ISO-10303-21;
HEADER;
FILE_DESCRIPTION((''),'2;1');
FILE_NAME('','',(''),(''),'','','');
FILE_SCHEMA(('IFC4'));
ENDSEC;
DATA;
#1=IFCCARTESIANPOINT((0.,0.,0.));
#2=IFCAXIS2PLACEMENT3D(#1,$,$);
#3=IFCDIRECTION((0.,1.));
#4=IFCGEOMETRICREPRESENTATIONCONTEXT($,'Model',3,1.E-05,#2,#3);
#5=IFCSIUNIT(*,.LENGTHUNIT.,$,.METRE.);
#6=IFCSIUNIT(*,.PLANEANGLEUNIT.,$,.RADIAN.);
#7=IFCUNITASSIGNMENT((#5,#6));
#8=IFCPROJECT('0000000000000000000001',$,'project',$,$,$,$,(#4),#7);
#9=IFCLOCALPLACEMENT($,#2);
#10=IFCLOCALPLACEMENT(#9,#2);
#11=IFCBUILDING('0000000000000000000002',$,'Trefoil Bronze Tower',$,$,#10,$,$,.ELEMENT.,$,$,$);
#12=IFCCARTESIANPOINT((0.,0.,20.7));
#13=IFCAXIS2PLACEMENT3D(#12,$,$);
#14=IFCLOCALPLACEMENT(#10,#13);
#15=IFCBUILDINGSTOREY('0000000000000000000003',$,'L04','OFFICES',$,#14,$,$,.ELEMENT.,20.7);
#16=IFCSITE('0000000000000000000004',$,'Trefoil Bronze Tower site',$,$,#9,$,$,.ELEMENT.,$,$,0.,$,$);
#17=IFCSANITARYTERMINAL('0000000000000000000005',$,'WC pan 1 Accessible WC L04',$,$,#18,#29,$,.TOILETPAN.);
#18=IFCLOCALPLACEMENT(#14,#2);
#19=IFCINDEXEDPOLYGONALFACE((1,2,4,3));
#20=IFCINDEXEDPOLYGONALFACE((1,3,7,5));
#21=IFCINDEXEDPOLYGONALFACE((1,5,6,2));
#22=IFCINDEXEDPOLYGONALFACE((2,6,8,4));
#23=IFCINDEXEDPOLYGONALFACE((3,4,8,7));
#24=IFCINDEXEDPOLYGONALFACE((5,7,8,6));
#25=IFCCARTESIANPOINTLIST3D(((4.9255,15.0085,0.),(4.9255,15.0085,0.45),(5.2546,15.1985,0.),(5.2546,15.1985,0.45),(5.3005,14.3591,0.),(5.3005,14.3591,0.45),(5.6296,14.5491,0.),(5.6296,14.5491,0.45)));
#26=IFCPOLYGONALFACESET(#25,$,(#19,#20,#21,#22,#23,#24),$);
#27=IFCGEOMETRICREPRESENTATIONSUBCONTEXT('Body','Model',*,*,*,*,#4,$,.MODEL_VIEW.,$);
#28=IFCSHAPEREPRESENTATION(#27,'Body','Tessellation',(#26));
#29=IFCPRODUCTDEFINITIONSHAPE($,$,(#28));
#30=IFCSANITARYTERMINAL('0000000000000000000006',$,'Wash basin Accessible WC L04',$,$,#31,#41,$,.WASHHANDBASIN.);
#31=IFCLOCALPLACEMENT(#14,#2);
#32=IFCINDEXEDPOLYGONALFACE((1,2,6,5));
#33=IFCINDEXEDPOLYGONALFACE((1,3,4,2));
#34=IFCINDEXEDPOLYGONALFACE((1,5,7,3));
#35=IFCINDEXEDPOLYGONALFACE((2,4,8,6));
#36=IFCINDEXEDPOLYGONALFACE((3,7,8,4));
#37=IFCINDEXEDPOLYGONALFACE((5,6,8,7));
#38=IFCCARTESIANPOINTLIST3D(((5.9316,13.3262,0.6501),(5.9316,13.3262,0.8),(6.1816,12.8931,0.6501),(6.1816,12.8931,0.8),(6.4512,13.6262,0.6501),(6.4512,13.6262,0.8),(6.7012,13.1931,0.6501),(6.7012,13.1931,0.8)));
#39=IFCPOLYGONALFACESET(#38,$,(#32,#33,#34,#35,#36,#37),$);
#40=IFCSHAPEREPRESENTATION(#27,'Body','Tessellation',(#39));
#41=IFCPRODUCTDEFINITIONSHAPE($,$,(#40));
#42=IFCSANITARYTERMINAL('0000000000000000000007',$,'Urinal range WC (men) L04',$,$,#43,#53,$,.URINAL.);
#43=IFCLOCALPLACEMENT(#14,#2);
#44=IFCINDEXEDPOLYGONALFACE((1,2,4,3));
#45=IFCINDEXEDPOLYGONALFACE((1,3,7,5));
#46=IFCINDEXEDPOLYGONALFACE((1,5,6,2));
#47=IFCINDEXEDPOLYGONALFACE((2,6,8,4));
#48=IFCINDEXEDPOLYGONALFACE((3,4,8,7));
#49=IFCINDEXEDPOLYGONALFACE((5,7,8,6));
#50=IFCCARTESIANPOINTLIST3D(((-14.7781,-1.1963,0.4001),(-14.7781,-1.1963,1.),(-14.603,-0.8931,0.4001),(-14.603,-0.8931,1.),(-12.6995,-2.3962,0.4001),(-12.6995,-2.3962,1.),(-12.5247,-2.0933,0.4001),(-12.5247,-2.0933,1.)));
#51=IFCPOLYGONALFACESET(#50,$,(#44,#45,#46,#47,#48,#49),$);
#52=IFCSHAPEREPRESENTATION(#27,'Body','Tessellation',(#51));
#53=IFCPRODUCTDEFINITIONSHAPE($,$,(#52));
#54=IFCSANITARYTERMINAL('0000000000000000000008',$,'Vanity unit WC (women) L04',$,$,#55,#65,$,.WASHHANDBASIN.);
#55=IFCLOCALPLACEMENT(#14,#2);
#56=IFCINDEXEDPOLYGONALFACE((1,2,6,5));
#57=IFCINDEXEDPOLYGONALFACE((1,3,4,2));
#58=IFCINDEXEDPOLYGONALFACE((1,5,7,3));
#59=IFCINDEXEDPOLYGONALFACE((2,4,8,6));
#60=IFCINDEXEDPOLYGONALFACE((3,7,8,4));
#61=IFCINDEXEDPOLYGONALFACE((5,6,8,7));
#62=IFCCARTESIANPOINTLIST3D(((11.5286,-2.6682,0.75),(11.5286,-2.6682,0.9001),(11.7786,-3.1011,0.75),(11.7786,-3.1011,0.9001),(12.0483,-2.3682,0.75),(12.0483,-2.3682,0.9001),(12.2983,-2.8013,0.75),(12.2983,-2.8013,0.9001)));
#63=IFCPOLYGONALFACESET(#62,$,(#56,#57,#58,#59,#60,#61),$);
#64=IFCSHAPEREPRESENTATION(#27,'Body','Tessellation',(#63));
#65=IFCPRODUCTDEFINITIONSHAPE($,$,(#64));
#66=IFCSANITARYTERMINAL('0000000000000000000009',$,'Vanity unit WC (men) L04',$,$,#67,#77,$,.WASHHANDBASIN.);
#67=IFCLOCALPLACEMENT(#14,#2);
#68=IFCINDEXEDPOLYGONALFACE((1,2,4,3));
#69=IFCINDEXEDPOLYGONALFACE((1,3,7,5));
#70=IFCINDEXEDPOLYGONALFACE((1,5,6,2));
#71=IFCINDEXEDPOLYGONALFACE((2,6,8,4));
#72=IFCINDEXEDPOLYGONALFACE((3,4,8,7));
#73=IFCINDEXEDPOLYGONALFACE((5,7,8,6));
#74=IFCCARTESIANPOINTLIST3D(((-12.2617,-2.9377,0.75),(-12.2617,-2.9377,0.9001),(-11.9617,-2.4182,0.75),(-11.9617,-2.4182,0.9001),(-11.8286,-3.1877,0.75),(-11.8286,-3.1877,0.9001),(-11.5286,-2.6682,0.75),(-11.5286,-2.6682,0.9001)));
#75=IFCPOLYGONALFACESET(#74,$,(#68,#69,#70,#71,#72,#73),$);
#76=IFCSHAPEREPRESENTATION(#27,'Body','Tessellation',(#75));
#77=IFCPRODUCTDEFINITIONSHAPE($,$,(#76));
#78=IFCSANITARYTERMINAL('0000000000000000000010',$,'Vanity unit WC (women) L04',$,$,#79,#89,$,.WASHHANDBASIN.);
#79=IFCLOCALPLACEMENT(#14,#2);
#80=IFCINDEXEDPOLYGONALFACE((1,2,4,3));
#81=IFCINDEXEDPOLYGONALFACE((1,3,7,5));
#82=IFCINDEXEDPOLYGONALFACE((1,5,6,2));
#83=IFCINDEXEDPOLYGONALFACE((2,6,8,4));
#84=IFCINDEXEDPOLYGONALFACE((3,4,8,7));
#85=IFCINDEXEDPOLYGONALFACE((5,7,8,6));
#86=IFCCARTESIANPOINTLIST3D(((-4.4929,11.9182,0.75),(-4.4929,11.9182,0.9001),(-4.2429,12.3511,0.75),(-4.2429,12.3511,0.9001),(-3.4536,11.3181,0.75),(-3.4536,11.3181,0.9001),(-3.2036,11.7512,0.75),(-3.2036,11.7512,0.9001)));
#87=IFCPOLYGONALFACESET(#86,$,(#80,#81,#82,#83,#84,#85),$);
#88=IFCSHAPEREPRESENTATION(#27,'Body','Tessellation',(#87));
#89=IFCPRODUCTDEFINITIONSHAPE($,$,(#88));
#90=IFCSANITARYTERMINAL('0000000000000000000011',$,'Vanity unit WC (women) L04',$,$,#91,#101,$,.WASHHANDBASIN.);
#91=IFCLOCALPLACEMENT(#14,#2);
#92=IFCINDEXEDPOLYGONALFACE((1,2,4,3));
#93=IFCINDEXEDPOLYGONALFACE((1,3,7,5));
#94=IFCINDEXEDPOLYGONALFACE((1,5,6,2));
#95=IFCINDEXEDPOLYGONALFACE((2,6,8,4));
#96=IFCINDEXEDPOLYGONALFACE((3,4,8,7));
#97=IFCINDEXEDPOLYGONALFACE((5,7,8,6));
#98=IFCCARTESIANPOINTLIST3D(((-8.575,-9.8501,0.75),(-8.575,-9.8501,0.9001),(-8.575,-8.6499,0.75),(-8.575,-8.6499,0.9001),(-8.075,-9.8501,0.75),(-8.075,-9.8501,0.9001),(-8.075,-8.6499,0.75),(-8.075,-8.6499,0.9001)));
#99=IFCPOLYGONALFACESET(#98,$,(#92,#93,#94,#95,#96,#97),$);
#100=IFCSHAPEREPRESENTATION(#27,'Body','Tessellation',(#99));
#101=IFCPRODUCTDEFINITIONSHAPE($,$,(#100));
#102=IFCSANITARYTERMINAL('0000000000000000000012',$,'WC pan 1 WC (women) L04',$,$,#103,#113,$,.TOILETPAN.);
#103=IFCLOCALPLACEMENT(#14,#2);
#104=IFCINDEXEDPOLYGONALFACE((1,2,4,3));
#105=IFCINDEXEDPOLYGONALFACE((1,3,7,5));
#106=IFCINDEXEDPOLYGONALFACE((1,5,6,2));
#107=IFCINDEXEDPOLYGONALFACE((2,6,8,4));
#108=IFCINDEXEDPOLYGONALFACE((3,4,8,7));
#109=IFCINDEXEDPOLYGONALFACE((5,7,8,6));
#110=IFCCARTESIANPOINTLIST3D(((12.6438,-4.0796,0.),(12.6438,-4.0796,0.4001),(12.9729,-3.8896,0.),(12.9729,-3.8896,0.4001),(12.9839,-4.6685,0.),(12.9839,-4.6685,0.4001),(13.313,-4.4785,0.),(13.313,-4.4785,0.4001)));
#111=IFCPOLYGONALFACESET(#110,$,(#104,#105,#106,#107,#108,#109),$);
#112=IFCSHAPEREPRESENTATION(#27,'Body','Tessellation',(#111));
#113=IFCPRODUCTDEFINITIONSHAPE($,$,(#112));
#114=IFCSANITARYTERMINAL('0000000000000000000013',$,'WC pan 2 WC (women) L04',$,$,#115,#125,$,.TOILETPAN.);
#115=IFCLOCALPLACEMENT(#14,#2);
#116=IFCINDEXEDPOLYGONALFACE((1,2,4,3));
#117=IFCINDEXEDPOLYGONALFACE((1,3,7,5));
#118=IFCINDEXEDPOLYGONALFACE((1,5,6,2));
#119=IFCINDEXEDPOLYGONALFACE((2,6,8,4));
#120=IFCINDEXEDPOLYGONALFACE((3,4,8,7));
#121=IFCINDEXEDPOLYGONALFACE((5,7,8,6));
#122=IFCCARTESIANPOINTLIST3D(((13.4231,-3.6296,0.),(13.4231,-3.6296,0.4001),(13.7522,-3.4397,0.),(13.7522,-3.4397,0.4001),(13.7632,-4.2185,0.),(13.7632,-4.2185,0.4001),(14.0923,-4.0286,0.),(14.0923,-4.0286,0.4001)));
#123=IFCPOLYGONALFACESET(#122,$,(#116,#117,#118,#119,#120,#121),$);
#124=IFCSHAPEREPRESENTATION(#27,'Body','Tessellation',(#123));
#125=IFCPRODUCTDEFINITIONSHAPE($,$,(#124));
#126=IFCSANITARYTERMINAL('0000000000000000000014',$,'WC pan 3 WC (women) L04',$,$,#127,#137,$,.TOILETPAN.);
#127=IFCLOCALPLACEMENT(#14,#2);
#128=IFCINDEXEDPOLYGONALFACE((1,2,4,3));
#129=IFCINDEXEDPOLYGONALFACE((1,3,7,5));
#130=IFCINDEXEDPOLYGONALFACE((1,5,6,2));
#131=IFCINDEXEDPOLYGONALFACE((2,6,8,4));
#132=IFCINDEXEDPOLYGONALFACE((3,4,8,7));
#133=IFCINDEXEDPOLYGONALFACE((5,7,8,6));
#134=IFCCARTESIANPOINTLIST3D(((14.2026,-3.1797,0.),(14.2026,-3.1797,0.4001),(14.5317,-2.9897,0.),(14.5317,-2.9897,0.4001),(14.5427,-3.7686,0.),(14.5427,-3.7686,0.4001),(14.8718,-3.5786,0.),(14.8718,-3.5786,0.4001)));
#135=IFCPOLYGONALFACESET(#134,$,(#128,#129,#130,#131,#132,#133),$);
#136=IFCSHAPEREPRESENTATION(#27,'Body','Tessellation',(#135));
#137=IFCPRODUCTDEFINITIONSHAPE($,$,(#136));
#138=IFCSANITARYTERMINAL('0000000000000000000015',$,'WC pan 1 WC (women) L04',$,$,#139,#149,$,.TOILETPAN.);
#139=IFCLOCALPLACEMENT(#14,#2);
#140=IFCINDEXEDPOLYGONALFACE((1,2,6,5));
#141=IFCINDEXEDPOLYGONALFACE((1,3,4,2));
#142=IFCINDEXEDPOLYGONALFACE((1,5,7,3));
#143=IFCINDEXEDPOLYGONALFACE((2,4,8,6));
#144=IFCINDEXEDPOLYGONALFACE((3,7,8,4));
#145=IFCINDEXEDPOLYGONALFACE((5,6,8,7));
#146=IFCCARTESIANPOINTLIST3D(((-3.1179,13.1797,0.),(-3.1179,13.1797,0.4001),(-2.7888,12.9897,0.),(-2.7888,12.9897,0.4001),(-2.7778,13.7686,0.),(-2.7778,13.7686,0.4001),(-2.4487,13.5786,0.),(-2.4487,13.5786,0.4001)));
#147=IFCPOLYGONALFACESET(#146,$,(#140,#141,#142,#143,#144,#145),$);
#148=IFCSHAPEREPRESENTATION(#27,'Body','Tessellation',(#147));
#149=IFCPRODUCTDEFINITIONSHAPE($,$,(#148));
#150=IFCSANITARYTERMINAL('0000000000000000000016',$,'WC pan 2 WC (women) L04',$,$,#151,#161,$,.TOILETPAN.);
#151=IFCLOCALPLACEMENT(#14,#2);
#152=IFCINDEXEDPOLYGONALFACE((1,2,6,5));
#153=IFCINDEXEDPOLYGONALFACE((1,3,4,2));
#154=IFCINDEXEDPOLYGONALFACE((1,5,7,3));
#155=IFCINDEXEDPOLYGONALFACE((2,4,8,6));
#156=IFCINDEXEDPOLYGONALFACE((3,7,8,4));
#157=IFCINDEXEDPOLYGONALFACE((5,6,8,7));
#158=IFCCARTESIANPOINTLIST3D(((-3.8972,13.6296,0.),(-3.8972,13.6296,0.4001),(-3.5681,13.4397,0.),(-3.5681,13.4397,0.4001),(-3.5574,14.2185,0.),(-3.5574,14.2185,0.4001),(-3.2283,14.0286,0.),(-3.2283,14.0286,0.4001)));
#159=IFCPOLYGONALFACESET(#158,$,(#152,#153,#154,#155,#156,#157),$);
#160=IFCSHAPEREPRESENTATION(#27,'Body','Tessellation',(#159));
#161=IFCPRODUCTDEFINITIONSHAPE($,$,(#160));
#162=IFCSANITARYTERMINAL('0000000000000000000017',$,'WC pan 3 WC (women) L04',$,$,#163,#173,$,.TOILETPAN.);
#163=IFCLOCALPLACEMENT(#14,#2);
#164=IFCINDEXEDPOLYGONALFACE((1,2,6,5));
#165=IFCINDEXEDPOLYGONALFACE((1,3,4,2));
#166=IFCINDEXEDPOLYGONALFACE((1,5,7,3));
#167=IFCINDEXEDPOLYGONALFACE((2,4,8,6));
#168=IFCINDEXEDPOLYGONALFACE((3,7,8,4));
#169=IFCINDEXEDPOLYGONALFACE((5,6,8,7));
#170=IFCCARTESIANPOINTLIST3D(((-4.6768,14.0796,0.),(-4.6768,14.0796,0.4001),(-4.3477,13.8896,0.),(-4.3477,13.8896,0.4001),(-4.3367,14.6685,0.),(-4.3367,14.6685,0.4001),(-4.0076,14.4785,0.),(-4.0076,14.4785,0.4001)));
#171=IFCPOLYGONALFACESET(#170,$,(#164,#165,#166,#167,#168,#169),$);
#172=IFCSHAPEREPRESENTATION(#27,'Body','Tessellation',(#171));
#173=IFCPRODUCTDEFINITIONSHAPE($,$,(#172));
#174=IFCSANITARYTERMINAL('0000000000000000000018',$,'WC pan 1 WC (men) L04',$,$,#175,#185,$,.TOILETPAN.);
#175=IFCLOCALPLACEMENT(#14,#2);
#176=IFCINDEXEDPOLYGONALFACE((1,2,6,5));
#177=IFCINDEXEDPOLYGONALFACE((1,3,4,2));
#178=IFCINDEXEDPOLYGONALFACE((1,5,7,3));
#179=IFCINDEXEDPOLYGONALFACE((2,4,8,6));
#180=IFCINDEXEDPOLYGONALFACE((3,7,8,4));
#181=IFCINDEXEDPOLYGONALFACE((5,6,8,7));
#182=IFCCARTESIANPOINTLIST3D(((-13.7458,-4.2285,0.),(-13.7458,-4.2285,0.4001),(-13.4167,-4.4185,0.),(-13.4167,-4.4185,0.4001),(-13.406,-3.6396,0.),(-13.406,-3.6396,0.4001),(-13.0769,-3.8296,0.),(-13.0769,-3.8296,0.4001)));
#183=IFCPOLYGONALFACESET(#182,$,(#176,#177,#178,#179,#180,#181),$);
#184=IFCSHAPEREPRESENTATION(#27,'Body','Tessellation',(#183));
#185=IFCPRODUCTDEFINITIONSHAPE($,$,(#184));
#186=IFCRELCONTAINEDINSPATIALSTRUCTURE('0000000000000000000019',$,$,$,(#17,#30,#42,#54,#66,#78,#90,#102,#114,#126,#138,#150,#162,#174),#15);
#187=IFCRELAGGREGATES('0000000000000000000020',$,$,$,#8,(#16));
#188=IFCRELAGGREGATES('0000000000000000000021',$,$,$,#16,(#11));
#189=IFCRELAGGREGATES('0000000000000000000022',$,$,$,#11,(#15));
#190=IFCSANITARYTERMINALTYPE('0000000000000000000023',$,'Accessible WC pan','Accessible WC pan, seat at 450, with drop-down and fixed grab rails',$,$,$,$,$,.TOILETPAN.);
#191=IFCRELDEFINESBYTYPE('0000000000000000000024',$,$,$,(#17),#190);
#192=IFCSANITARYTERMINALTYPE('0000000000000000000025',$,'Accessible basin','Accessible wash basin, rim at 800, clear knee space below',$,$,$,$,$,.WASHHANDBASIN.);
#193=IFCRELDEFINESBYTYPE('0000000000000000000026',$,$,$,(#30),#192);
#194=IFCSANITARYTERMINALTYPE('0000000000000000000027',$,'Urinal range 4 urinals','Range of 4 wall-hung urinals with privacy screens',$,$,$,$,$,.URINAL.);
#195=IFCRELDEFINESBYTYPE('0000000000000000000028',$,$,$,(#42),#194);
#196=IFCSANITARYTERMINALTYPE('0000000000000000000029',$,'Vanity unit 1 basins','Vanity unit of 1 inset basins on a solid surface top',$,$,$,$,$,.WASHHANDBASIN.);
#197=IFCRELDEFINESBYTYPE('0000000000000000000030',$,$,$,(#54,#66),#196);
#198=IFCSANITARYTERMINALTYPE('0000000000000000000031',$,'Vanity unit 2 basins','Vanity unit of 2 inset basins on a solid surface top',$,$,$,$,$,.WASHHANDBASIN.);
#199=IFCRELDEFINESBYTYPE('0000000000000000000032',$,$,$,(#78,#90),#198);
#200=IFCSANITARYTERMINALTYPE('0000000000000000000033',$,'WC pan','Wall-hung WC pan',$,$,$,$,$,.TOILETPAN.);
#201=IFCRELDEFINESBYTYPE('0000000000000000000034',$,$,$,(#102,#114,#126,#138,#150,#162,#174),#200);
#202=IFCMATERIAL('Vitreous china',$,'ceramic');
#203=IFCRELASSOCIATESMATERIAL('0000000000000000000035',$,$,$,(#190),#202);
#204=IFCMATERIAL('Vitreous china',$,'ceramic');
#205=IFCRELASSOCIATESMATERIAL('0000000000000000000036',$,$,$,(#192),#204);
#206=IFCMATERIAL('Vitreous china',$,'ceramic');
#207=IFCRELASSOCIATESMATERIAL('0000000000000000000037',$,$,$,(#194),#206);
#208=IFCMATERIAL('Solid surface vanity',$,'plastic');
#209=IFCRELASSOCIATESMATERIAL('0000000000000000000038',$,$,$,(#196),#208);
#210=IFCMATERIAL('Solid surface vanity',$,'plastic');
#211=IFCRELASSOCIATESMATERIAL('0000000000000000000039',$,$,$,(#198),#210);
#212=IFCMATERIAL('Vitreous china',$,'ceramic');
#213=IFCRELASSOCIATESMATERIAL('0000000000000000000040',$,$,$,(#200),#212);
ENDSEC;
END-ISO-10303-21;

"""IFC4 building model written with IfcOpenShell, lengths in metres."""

from ifc_helpers import new_model, si_unit, direction, frame, origin, place, context, subcontext, project, spatial, polyline, outline, extrude, material, type_object, element, save


model = new_model("IFC4")

# Units and contexts
model_context = context("Model", 3, precision=1e-05, world=origin(), true_north=direction((0.0, 1.0)))
body_context = subcontext(model_context, "Body", "Model", "MODEL_VIEW")
ifc_project = project(units=[si_unit("LENGTHUNIT", "METRE"), si_unit("PLANEANGLEUNIT", "RADIAN")], contexts=[model_context])

# Site, building, storey
site_placement = place(None, origin())
site = spatial("IfcSite", under=ifc_project, at=site_placement, Name="Trefoil Bronze Tower site", CompositionType="ELEMENT", RefElevation=0.0)
building_placement = place(site_placement, origin())
building = spatial("IfcBuilding", under=site, at=building_placement, Name="Trefoil Bronze Tower", CompositionType="ELEMENT")
storey_placement = place(building_placement, frame((0.0, 0.0, 20.7)))
storey = spatial("IfcBuildingStorey", under=building, at=storey_placement, Name="L04", Description="OFFICES", CompositionType="ELEMENT", Elevation=20.7)

# Sanitary terminals
ifc_material_1 = material(Name="Vitreous china", Category="ceramic")
sanitary_terminal_type_1 = type_object("IfcSanitaryTerminalType", Name="Accessible WC pan", Description="Accessible WC pan, seat at 450, with drop-down and fixed grab rails", PredefinedType="TOILETPAN", material=ifc_material_1)
sanitary_terminal_1_placement = place(storey_placement, origin())
element("IfcSanitaryTerminal", 1, at=sanitary_terminal_1_placement, inside=storey, type_object=sanitary_terminal_type_1, Name="WC pan 1 Accessible WC L04", PredefinedType="TOILETPAN", context=body_context, shape_type="SweptSolid", body=[
    extrude(outline(polyline([(5.3005, 14.3591), (4.9255, 15.0085), (5.2546, 15.1985), (5.6296, 14.5491), (5.3005, 14.3591)])), origin(), (0.0, 0.0, 1.0), 0.45),
])
ifc_material_2 = material(Name="Vitreous china", Category="ceramic")
sanitary_terminal_type_2 = type_object("IfcSanitaryTerminalType", Name="Accessible basin", Description="Accessible wash basin, rim at 800, clear knee space below", PredefinedType="WASHHANDBASIN", material=ifc_material_2)
sanitary_terminal_2_placement = place(storey_placement, frame((0.0, 0.0, 0.6501)))
element("IfcSanitaryTerminal", 2, at=sanitary_terminal_2_placement, inside=storey, type_object=sanitary_terminal_type_2, Name="Wash basin Accessible WC L04", PredefinedType="WASHHANDBASIN", context=body_context, shape_type="SweptSolid", body=[
    extrude(outline(polyline([(6.1816, 12.8931), (5.9316, 13.3262), (6.4512, 13.6262), (6.7012, 13.1931), (6.1816, 12.8931)])), origin(), (0.0, 0.0, 1.0), 0.1499),
])
ifc_material_3 = material(Name="Vitreous china", Category="ceramic")
sanitary_terminal_type_3 = type_object("IfcSanitaryTerminalType", Name="Urinal range 4 urinals", Description="Range of 4 wall-hung urinals with privacy screens", PredefinedType="URINAL", material=ifc_material_3)
sanitary_terminal_3_placement = place(storey_placement, frame((0.0, 0.0, 0.4001)))
element("IfcSanitaryTerminal", 3, at=sanitary_terminal_3_placement, inside=storey, type_object=sanitary_terminal_type_3, Name="Urinal range WC (men) L04", PredefinedType="URINAL", context=body_context, shape_type="SweptSolid", body=[
    extrude(outline(polyline([(-12.5247, -2.0933), (-12.6995, -2.3962), (-14.7781, -1.1963), (-14.603, -0.8931), (-12.5247, -2.0933)])), origin(), (0.0, 0.0, 1.0), 0.5999),
])
ifc_material_4 = material(Name="Solid surface vanity", Category="plastic")
sanitary_terminal_type_4 = type_object("IfcSanitaryTerminalType", Name="Vanity unit 1 basins", Description="Vanity unit of 1 inset basins on a solid surface top", PredefinedType="WASHHANDBASIN", material=ifc_material_4)
sanitary_terminal_4_placement = place(storey_placement, frame((0.0, 0.0, 0.75)))
element("IfcSanitaryTerminal", 4, at=sanitary_terminal_4_placement, inside=storey, type_object=sanitary_terminal_type_4, Name="Vanity unit WC (women) L04", PredefinedType="WASHHANDBASIN", context=body_context, shape_type="SweptSolid", body=[
    extrude(outline(polyline([(11.5286, -2.6682), (11.7786, -3.1011), (12.2983, -2.8013), (12.0483, -2.3682), (11.5286, -2.6682)])), origin(), (0.0, 0.0, 1.0), 0.1501),
])
sanitary_terminal_5_placement = place(storey_placement, frame((0.0, 0.0, 0.75)))
element("IfcSanitaryTerminal", 5, at=sanitary_terminal_5_placement, inside=storey, type_object=sanitary_terminal_type_4, Name="Vanity unit WC (men) L04", PredefinedType="WASHHANDBASIN", context=body_context, shape_type="SweptSolid", body=[
    extrude(outline(polyline([(-11.5286, -2.6682), (-11.8286, -3.1877), (-12.2617, -2.9377), (-11.9617, -2.4182), (-11.5286, -2.6682)])), origin(), (0.0, 0.0, 1.0), 0.1501),
])
ifc_material_5 = material(Name="Solid surface vanity", Category="plastic")
sanitary_terminal_type_5 = type_object("IfcSanitaryTerminalType", Name="Vanity unit 2 basins", Description="Vanity unit of 2 inset basins on a solid surface top", PredefinedType="WASHHANDBASIN", material=ifc_material_5)
sanitary_terminal_6_placement = place(storey_placement, frame((0.0, 0.0, 0.75)))
element("IfcSanitaryTerminal", 6, at=sanitary_terminal_6_placement, inside=storey, type_object=sanitary_terminal_type_5, Name="Vanity unit WC (women) L04", PredefinedType="WASHHANDBASIN", context=body_context, shape_type="SweptSolid", body=[
    extrude(outline(polyline([(-3.4536, 11.3181), (-3.2036, 11.7512), (-4.2429, 12.3511), (-4.4929, 11.9182), (-3.4536, 11.3181)])), origin(), (0.0, 0.0, 1.0), 0.1501),
])
sanitary_terminal_7_placement = place(storey_placement, frame((0.0, 0.0, 0.75)))
element("IfcSanitaryTerminal", 7, at=sanitary_terminal_7_placement, inside=storey, type_object=sanitary_terminal_type_5, Name="Vanity unit WC (women) L04", PredefinedType="WASHHANDBASIN", context=body_context, shape_type="SweptSolid", body=[
    extrude(outline(polyline([(-8.075, -8.6499), (-8.575, -8.6499), (-8.575, -9.8501), (-8.075, -9.8501), (-8.075, -8.6499)])), origin(), (0.0, 0.0, 1.0), 0.1501),
])
ifc_material_6 = material(Name="Vitreous china", Category="ceramic")
sanitary_terminal_type_6 = type_object("IfcSanitaryTerminalType", Name="WC pan", Description="Wall-hung WC pan", PredefinedType="TOILETPAN", material=ifc_material_6)
sanitary_terminal_8_placement = place(storey_placement, origin())
element("IfcSanitaryTerminal", 8, at=sanitary_terminal_8_placement, inside=storey, type_object=sanitary_terminal_type_6, Name="WC pan 1 WC (women) L04", PredefinedType="TOILETPAN", context=body_context, shape_type="SweptSolid", body=[
    extrude(outline(polyline([(12.6438, -4.0796), (12.9839, -4.6685), (13.313, -4.4785), (12.9729, -3.8896), (12.6438, -4.0796)])), origin(), (0.0, 0.0, 1.0), 0.4001),
])
sanitary_terminal_9_placement = place(storey_placement, origin())
element("IfcSanitaryTerminal", 9, at=sanitary_terminal_9_placement, inside=storey, type_object=sanitary_terminal_type_6, Name="WC pan 2 WC (women) L04", PredefinedType="TOILETPAN", context=body_context, shape_type="SweptSolid", body=[
    extrude(outline(polyline([(13.4231, -3.6296), (13.7632, -4.2185), (14.0923, -4.0286), (13.7522, -3.4397), (13.4231, -3.6296)])), origin(), (0.0, 0.0, 1.0), 0.4001),
])
sanitary_terminal_10_placement = place(storey_placement, origin())
element("IfcSanitaryTerminal", 10, at=sanitary_terminal_10_placement, inside=storey, type_object=sanitary_terminal_type_6, Name="WC pan 3 WC (women) L04", PredefinedType="TOILETPAN", context=body_context, shape_type="SweptSolid", body=[
    extrude(outline(polyline([(14.2026, -3.1797), (14.5427, -3.7686), (14.8718, -3.5786), (14.5317, -2.9897), (14.2026, -3.1797)])), origin(), (0.0, 0.0, 1.0), 0.4001),
])
sanitary_terminal_11_placement = place(storey_placement, origin())
element("IfcSanitaryTerminal", 11, at=sanitary_terminal_11_placement, inside=storey, type_object=sanitary_terminal_type_6, Name="WC pan 1 WC (women) L04", PredefinedType="TOILETPAN", context=body_context, shape_type="SweptSolid", body=[
    extrude(outline(polyline([(-2.7888, 12.9897), (-2.4487, 13.5786), (-2.7778, 13.7686), (-3.1179, 13.1797), (-2.7888, 12.9897)])), origin(), (0.0, 0.0, 1.0), 0.4001),
])
sanitary_terminal_12_placement = place(storey_placement, origin())
element("IfcSanitaryTerminal", 12, at=sanitary_terminal_12_placement, inside=storey, type_object=sanitary_terminal_type_6, Name="WC pan 2 WC (women) L04", PredefinedType="TOILETPAN", context=body_context, shape_type="SweptSolid", body=[
    extrude(outline(polyline([(-3.5681, 13.4397), (-3.2283, 14.0286), (-3.5574, 14.2185), (-3.8972, 13.6296), (-3.5681, 13.4397)])), origin(), (0.0, 0.0, 1.0), 0.4001),
])
sanitary_terminal_13_placement = place(storey_placement, origin())
element("IfcSanitaryTerminal", 13, at=sanitary_terminal_13_placement, inside=storey, type_object=sanitary_terminal_type_6, Name="WC pan 3 WC (women) L04", PredefinedType="TOILETPAN", context=body_context, shape_type="SweptSolid", body=[
    extrude(outline(polyline([(-4.3477, 13.8896), (-4.0076, 14.4785), (-4.3367, 14.6685), (-4.6768, 14.0796), (-4.3477, 13.8896)])), origin(), (0.0, 0.0, 1.0), 0.4001),
])
sanitary_terminal_14_placement = place(storey_placement, origin())
element("IfcSanitaryTerminal", 14, at=sanitary_terminal_14_placement, inside=storey, type_object=sanitary_terminal_type_6, Name="WC pan 1 WC (men) L04", PredefinedType="TOILETPAN", context=body_context, shape_type="SweptSolid", body=[
    extrude(outline(polyline([(-13.0769, -3.8296), (-13.4167, -4.4185), (-13.7458, -4.2285), (-13.406, -3.6396), (-13.0769, -3.8296)])), origin(), (0.0, 0.0, 1.0), 0.4001),
])

save(model, "model.ifc")
